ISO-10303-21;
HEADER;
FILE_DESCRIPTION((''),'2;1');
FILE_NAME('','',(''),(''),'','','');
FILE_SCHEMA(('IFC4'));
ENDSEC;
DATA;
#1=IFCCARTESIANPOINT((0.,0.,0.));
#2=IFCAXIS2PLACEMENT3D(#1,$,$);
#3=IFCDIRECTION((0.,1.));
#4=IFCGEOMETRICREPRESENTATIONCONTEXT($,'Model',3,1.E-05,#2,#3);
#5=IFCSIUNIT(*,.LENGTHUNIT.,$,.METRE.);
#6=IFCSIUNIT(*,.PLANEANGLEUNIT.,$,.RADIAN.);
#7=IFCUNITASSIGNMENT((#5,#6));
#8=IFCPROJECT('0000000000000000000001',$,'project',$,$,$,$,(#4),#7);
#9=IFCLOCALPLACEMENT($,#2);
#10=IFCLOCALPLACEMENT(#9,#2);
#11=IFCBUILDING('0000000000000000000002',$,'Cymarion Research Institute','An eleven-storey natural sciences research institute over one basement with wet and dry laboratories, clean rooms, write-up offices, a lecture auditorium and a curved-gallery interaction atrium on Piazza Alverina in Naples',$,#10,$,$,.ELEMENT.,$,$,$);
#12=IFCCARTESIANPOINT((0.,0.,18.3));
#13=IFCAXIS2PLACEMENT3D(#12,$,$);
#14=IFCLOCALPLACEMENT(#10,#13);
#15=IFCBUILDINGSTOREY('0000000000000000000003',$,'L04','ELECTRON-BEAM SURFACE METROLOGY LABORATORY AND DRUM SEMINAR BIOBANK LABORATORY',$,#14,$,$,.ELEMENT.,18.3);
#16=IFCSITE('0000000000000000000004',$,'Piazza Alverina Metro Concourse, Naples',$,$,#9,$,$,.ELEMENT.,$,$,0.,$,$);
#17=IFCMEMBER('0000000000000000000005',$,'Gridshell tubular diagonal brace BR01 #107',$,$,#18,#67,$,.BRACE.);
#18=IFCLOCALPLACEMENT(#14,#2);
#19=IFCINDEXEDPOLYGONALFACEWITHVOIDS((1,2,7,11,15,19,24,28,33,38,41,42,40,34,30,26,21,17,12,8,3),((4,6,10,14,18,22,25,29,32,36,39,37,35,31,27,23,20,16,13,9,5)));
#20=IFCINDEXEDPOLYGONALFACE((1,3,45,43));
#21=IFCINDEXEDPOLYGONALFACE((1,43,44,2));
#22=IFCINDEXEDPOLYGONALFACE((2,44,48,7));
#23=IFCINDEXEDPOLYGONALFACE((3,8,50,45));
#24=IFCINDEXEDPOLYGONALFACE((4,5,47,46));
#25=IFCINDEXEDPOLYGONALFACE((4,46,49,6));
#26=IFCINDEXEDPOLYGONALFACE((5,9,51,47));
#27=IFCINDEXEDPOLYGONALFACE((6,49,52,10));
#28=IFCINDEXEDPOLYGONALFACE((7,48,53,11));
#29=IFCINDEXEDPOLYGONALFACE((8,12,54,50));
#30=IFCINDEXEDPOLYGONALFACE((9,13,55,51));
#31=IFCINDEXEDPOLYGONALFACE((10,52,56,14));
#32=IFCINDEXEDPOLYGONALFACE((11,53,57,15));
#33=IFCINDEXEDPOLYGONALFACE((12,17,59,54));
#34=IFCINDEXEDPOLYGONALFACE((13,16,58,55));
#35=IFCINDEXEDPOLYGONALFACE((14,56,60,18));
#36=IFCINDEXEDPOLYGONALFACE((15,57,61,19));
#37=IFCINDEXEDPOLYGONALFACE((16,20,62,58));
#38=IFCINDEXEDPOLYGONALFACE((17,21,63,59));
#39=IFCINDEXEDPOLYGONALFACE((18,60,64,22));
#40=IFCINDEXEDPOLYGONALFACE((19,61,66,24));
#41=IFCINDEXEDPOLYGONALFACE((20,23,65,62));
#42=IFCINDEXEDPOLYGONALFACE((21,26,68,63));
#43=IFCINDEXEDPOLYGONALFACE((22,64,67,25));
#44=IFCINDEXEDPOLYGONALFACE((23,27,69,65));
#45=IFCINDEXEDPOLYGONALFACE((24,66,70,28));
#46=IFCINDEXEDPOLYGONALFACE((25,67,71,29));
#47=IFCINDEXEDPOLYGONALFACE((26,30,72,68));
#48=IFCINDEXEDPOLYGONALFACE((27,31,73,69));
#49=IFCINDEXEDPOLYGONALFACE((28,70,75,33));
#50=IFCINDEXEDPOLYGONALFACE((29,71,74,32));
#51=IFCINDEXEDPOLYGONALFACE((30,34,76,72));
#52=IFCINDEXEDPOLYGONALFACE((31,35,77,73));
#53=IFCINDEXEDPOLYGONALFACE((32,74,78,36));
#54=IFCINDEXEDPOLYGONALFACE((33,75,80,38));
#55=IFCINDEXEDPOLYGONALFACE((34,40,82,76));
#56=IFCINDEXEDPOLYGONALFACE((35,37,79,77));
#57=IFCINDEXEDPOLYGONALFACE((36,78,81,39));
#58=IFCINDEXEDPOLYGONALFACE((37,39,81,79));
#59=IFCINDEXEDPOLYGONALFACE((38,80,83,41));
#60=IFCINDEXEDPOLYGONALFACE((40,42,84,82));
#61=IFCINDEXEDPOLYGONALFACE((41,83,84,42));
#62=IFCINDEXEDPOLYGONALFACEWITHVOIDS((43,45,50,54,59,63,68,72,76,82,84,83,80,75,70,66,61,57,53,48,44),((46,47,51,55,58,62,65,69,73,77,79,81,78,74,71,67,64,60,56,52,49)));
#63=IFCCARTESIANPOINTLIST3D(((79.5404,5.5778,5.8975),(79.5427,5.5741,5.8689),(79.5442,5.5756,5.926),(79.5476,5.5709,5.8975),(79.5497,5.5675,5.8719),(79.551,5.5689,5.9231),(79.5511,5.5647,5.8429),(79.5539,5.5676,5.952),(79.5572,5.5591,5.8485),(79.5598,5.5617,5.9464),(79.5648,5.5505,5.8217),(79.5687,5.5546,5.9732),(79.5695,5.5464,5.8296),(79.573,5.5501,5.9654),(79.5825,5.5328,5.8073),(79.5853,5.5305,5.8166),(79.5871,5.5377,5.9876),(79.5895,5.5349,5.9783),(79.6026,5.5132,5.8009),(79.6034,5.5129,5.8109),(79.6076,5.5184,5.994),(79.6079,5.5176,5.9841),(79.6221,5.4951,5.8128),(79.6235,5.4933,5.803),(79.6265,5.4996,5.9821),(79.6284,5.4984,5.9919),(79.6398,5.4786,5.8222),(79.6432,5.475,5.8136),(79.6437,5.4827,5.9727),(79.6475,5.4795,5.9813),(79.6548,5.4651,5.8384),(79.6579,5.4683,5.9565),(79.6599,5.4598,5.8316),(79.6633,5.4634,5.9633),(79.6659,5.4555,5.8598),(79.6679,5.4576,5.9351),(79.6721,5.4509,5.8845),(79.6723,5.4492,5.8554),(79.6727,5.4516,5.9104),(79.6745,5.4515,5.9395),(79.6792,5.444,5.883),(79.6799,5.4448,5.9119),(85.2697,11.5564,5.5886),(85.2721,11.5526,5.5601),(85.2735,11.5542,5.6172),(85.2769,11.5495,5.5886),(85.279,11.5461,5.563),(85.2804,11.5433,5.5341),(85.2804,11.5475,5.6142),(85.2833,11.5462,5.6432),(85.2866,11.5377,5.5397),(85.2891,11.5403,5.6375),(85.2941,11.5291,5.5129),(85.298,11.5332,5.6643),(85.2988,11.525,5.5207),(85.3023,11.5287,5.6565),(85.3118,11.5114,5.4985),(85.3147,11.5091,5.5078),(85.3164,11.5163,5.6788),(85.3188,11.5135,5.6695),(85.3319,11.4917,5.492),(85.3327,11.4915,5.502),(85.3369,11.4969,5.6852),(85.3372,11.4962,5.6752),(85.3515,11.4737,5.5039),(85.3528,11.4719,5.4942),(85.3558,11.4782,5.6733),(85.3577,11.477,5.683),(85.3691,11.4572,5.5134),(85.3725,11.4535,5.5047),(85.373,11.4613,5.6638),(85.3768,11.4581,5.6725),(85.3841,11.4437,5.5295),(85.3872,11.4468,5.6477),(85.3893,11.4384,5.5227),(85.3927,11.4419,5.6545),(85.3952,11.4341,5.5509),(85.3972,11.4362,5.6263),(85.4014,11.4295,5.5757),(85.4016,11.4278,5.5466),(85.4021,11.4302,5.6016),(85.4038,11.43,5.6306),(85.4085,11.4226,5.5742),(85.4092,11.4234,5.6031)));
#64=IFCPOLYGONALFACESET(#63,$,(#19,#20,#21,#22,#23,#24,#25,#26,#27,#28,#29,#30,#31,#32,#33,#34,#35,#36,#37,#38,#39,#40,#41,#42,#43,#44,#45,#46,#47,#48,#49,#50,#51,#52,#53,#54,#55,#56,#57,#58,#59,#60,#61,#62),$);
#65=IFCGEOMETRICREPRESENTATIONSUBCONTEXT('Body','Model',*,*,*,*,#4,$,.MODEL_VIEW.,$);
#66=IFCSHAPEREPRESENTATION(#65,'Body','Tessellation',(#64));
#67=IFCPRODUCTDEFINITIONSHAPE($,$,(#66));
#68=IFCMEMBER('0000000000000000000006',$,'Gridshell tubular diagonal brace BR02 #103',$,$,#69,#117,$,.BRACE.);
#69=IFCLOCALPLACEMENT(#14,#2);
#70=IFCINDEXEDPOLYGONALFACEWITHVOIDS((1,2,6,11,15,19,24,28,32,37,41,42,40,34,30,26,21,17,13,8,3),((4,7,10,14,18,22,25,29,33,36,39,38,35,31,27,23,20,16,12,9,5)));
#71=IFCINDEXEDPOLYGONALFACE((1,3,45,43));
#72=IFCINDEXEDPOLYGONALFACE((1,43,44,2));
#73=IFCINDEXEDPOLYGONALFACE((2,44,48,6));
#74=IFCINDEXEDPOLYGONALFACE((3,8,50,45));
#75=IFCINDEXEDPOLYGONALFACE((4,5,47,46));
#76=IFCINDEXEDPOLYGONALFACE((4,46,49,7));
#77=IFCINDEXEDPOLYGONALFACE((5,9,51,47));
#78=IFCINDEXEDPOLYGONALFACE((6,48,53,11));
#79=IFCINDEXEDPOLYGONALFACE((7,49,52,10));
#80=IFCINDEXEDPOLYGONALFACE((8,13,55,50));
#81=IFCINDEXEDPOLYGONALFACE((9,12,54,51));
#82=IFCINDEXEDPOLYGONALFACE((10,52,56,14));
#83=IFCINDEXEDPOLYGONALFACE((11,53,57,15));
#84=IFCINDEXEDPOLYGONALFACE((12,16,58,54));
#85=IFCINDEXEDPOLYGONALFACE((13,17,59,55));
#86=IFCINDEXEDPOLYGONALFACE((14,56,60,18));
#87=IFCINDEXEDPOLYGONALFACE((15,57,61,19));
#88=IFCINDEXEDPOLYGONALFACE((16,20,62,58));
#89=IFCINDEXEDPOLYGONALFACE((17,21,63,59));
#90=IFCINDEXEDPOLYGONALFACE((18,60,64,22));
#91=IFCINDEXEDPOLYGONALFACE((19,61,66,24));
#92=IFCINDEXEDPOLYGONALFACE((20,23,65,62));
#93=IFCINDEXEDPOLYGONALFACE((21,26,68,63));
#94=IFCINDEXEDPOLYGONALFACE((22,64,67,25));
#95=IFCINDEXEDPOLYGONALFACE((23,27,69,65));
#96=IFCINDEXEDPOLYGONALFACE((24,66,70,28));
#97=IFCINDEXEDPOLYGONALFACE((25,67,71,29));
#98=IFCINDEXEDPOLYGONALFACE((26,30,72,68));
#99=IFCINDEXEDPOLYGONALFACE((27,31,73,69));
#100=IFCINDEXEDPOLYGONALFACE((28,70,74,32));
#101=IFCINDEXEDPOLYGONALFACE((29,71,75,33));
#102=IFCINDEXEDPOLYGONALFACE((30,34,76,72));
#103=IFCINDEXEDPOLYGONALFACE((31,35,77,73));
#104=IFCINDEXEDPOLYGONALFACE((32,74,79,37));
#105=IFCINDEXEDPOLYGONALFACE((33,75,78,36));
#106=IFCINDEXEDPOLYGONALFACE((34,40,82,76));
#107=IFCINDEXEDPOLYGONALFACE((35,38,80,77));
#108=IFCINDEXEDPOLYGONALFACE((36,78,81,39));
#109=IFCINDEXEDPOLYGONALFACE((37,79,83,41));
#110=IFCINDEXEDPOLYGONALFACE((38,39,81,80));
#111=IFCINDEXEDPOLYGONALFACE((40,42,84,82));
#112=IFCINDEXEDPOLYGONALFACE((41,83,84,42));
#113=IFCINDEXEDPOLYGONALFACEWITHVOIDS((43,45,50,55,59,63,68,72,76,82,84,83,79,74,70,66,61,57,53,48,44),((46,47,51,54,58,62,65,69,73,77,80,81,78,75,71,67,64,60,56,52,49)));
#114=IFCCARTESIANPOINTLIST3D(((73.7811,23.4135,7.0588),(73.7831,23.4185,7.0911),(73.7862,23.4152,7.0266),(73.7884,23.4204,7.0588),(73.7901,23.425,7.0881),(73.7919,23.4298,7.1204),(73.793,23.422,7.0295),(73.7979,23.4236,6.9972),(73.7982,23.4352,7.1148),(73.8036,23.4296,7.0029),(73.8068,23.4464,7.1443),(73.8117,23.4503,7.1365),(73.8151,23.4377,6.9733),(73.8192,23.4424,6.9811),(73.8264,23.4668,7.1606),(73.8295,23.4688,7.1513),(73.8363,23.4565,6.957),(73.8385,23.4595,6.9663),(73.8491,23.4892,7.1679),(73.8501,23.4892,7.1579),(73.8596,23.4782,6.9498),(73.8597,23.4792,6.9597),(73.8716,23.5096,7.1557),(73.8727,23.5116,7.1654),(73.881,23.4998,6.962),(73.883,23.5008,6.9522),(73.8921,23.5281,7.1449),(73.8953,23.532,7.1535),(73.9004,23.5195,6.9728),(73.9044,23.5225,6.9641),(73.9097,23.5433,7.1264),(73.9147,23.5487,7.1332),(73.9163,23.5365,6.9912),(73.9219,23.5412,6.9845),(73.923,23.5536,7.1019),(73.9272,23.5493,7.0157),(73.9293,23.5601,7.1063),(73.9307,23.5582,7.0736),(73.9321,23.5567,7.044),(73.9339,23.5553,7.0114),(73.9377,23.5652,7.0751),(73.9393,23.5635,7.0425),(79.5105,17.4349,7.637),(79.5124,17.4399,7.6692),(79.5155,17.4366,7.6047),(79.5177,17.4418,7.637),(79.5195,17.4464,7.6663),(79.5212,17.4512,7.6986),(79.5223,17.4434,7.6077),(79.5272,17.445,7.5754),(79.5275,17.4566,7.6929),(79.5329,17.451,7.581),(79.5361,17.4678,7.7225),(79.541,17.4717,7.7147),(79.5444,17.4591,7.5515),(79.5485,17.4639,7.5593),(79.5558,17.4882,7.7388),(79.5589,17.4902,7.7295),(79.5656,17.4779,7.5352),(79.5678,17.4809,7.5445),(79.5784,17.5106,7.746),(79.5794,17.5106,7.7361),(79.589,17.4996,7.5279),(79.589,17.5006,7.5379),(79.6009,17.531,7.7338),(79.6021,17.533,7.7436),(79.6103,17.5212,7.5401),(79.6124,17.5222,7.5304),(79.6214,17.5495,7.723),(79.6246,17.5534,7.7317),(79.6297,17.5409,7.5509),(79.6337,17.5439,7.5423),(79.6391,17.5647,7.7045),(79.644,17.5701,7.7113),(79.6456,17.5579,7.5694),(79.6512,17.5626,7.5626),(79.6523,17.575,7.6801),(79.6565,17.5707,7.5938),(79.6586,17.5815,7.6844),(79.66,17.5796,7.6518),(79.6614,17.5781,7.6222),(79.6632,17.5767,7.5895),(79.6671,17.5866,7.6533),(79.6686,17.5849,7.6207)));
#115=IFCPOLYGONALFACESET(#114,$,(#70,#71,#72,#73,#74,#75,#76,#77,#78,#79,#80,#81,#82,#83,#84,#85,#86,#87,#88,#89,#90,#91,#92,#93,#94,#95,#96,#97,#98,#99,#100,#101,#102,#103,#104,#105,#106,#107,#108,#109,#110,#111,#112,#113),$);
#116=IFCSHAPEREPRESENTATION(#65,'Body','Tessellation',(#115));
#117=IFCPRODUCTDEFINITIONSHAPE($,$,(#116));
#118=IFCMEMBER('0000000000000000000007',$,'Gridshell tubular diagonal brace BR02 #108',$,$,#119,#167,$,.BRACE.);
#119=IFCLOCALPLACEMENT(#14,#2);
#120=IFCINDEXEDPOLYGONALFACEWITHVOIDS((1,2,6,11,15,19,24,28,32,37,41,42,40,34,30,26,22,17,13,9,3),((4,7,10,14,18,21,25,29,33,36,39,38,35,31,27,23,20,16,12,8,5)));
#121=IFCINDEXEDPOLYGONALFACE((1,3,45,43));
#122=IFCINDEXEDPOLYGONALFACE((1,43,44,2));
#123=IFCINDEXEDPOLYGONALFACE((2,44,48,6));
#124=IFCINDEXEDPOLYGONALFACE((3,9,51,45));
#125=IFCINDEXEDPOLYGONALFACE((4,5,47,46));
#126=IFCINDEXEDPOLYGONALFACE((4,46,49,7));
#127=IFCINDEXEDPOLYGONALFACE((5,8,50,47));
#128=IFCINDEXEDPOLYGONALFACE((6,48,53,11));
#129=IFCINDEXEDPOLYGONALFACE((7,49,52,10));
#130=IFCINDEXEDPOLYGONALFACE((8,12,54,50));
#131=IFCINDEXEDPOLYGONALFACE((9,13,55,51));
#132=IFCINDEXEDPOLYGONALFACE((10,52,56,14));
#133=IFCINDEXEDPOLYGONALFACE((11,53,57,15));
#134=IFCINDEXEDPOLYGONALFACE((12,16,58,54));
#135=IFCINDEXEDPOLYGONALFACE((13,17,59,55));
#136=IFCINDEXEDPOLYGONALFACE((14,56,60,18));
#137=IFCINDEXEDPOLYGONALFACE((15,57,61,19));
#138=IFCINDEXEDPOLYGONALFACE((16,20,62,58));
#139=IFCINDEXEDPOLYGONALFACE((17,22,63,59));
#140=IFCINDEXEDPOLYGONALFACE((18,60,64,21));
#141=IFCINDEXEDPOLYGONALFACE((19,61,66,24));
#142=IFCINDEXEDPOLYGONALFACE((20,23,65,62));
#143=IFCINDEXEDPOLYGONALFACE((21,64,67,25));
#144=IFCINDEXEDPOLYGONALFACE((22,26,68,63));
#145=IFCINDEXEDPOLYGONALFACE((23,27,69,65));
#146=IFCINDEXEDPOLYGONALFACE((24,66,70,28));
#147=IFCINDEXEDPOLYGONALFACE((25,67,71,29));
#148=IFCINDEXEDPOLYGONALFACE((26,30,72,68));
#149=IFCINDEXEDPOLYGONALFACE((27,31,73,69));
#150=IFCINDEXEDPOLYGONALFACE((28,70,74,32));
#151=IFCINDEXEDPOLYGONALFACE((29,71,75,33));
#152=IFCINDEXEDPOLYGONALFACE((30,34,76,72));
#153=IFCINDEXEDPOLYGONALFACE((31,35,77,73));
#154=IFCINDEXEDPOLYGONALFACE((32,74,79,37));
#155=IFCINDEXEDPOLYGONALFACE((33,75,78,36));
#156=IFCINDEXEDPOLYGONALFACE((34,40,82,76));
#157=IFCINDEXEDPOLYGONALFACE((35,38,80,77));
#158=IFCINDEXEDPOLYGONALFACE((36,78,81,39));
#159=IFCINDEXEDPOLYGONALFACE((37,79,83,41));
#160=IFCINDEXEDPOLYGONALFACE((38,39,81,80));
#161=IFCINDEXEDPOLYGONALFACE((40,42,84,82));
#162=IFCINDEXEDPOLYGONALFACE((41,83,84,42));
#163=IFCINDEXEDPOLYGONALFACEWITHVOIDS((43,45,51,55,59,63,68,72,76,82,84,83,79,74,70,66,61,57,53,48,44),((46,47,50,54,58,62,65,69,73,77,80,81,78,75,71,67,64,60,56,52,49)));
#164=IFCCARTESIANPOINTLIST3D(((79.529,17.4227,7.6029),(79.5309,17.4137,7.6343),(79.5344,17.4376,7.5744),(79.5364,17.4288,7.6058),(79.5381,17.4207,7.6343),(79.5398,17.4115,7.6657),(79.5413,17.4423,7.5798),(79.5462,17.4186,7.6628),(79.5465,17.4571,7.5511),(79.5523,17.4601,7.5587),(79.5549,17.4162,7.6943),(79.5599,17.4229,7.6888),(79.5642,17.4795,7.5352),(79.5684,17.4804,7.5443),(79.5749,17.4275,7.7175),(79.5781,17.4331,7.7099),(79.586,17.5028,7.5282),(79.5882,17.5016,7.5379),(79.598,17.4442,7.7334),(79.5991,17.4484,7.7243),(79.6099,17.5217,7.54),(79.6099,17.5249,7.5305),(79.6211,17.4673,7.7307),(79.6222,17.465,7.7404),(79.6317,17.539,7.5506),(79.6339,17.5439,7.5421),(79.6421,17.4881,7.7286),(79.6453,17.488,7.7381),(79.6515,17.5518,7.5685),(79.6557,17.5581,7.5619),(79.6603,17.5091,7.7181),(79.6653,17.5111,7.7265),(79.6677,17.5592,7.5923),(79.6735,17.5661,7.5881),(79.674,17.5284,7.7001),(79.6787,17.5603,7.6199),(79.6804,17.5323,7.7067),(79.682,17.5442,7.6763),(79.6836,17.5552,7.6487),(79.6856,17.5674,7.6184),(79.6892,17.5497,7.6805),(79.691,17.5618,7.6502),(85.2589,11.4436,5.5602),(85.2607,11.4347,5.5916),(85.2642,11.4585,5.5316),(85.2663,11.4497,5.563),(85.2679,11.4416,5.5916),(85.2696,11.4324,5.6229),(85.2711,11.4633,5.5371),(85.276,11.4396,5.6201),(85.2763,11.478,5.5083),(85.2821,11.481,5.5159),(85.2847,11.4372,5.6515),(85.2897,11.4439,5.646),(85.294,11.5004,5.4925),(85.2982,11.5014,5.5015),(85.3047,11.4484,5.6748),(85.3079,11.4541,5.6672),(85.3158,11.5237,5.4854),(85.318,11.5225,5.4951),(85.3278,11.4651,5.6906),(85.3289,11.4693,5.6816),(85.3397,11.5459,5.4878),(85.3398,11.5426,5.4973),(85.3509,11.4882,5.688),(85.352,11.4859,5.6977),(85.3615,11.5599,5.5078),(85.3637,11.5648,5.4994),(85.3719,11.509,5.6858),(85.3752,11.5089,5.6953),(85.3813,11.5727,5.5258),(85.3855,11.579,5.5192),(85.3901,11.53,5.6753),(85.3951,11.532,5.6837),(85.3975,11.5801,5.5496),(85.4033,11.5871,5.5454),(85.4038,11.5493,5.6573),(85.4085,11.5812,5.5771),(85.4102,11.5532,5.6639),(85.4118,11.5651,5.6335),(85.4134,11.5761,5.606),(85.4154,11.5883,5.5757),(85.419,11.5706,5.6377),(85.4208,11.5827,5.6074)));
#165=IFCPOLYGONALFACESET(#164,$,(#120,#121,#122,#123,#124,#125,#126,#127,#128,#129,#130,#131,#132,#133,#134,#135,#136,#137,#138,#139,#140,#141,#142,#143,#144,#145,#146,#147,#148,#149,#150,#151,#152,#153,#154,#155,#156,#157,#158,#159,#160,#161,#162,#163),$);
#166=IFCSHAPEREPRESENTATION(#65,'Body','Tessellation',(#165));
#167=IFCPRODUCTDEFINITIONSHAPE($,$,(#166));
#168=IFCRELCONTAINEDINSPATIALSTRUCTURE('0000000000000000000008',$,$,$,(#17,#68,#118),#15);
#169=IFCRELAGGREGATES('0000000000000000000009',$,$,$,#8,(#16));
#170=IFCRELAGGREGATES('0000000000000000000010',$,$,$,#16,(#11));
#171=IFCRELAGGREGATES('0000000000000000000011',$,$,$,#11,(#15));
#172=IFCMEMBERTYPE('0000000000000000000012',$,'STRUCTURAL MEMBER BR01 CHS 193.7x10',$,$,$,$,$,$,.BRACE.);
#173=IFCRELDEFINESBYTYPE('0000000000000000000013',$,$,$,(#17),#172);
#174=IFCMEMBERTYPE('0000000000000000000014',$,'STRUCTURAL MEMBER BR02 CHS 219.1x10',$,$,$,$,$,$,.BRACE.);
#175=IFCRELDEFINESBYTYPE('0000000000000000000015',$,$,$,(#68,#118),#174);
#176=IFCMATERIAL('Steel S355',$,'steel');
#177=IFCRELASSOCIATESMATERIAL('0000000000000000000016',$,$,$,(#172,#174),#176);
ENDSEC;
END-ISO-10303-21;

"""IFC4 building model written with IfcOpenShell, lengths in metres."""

from ifc_helpers import new_model, si_unit, direction, frame, origin, origin_2d, place, context, subcontext, project, spatial, hollow_circle, extrude, material, material_profile, profile_set, type_object, element, save


model = new_model("IFC4")

# Units and contexts
model_context = context("Model", 3, precision=1e-05, world=origin(), true_north=direction((0.0, 1.0)))
body_context = subcontext(model_context, "Body", "Model", "MODEL_VIEW")
ifc_project = project(units=[si_unit("LENGTHUNIT", "METRE"), si_unit("PLANEANGLEUNIT", "RADIAN")], contexts=[model_context])

# Site, building, storey
site_placement = place(None, origin())
site = spatial("IfcSite", under=ifc_project, at=site_placement, Name="Piazza Alverina Metro Concourse, Naples", CompositionType="ELEMENT", RefElevation=0.0)
building_placement = place(site_placement, origin())
building = spatial("IfcBuilding", under=site, at=building_placement, Name="Cymarion Research Institute", Description="An eleven-storey natural sciences research institute over one basement with wet and dry laboratories, clean rooms, write-up offices, a lecture auditorium and a curved-gallery interaction atrium on Piazza Alverina in Naples", CompositionType="ELEMENT")
storey_placement = place(building_placement, frame((0.0, 0.0, 18.3)))
storey = spatial("IfcBuildingStorey", under=building, at=storey_placement, Name="L04", Description="ELECTRON-BEAM SURFACE METROLOGY LABORATORY AND DRUM SEMINAR BIOBANK LABORATORY", CompositionType="ELEMENT", Elevation=18.3)

# Shared definitions
ifc_material_1 = material(Name="Steel S355", Category="steel")

# Members
ifc_material_profile_1 = material_profile(ifc_material_1, hollow_circle(Radius=0.0969, WallThickness=0.01, at=origin_2d()), Name="CHS 193.7x10")
ifc_profile_set_1 = profile_set([ifc_material_profile_1], Name="Steel S355")
member_type_1 = type_object("IfcMemberType", Name="STRUCTURAL MEMBER BR01 CHS 193.7x10", PredefinedType="BRACE", material=ifc_profile_set_1)
member_1_placement = place(storey_placement, frame((79.6104, 5.5107, 5.8975), z_axis=(0.691414, 0.721496, -0.037271), x_axis=(-0.721998, 0.691895, 0.0)))
element("IfcMember", 1, at=member_1_placement, inside=storey, type_object=member_type_1, Name="Gridshell tubular diagonal brace BR01 #107", PredefinedType="BRACE", context=body_context, shape_type="SweptSolid", body=[
    extrude(hollow_circle(Radius=0.0969, WallThickness=0.01, at=origin_2d()), origin(), (0.0, 0.0, 1.0), 8.2864),
])
ifc_material_profile_2 = material_profile(ifc_material_1, hollow_circle(Radius=0.1096, WallThickness=0.01, at=origin_2d()), Name="CHS 219.1x10")
ifc_profile_set_2 = profile_set([ifc_material_profile_2], Name="Steel S355")
member_type_2 = type_object("IfcMemberType", Name="STRUCTURAL MEMBER BR02 CHS 219.1x10", PredefinedType="BRACE", material=ifc_profile_set_2)
member_2_placement = place(storey_placement, frame((79.5896, 17.5107, 7.637), z_axis=(-0.690215, 0.720245, -0.069648), x_axis=(-0.721998, -0.691895, 0.0)))
element("IfcMember", 2, at=member_2_placement, inside=storey, type_object=member_type_2, Name="Gridshell tubular diagonal brace BR02 #103", PredefinedType="BRACE", context=body_context, shape_type="SweptSolid", body=[
    extrude(hollow_circle(Radius=0.1096, WallThickness=0.01, at=origin_2d()), origin(), (0.0, 0.0, 1.0), 8.3008),
])
member_3_placement = place(storey_placement, frame((85.3398, 11.5105, 5.5916), z_axis=(-0.671761, 0.700986, 0.239491), x_axis=(-0.721997, -0.691896, 0.0)))
element("IfcMember", 3, at=member_3_placement, inside=storey, type_object=member_type_2, Name="Gridshell tubular diagonal brace BR02 #108", PredefinedType="BRACE", context=body_context, shape_type="SweptSolid", body=[
    extrude(hollow_circle(Radius=0.1096, WallThickness=0.01, at=origin_2d()), origin(), (0.0, 0.0, 1.0), 8.5295),
])

save(model, "model.ifc")
